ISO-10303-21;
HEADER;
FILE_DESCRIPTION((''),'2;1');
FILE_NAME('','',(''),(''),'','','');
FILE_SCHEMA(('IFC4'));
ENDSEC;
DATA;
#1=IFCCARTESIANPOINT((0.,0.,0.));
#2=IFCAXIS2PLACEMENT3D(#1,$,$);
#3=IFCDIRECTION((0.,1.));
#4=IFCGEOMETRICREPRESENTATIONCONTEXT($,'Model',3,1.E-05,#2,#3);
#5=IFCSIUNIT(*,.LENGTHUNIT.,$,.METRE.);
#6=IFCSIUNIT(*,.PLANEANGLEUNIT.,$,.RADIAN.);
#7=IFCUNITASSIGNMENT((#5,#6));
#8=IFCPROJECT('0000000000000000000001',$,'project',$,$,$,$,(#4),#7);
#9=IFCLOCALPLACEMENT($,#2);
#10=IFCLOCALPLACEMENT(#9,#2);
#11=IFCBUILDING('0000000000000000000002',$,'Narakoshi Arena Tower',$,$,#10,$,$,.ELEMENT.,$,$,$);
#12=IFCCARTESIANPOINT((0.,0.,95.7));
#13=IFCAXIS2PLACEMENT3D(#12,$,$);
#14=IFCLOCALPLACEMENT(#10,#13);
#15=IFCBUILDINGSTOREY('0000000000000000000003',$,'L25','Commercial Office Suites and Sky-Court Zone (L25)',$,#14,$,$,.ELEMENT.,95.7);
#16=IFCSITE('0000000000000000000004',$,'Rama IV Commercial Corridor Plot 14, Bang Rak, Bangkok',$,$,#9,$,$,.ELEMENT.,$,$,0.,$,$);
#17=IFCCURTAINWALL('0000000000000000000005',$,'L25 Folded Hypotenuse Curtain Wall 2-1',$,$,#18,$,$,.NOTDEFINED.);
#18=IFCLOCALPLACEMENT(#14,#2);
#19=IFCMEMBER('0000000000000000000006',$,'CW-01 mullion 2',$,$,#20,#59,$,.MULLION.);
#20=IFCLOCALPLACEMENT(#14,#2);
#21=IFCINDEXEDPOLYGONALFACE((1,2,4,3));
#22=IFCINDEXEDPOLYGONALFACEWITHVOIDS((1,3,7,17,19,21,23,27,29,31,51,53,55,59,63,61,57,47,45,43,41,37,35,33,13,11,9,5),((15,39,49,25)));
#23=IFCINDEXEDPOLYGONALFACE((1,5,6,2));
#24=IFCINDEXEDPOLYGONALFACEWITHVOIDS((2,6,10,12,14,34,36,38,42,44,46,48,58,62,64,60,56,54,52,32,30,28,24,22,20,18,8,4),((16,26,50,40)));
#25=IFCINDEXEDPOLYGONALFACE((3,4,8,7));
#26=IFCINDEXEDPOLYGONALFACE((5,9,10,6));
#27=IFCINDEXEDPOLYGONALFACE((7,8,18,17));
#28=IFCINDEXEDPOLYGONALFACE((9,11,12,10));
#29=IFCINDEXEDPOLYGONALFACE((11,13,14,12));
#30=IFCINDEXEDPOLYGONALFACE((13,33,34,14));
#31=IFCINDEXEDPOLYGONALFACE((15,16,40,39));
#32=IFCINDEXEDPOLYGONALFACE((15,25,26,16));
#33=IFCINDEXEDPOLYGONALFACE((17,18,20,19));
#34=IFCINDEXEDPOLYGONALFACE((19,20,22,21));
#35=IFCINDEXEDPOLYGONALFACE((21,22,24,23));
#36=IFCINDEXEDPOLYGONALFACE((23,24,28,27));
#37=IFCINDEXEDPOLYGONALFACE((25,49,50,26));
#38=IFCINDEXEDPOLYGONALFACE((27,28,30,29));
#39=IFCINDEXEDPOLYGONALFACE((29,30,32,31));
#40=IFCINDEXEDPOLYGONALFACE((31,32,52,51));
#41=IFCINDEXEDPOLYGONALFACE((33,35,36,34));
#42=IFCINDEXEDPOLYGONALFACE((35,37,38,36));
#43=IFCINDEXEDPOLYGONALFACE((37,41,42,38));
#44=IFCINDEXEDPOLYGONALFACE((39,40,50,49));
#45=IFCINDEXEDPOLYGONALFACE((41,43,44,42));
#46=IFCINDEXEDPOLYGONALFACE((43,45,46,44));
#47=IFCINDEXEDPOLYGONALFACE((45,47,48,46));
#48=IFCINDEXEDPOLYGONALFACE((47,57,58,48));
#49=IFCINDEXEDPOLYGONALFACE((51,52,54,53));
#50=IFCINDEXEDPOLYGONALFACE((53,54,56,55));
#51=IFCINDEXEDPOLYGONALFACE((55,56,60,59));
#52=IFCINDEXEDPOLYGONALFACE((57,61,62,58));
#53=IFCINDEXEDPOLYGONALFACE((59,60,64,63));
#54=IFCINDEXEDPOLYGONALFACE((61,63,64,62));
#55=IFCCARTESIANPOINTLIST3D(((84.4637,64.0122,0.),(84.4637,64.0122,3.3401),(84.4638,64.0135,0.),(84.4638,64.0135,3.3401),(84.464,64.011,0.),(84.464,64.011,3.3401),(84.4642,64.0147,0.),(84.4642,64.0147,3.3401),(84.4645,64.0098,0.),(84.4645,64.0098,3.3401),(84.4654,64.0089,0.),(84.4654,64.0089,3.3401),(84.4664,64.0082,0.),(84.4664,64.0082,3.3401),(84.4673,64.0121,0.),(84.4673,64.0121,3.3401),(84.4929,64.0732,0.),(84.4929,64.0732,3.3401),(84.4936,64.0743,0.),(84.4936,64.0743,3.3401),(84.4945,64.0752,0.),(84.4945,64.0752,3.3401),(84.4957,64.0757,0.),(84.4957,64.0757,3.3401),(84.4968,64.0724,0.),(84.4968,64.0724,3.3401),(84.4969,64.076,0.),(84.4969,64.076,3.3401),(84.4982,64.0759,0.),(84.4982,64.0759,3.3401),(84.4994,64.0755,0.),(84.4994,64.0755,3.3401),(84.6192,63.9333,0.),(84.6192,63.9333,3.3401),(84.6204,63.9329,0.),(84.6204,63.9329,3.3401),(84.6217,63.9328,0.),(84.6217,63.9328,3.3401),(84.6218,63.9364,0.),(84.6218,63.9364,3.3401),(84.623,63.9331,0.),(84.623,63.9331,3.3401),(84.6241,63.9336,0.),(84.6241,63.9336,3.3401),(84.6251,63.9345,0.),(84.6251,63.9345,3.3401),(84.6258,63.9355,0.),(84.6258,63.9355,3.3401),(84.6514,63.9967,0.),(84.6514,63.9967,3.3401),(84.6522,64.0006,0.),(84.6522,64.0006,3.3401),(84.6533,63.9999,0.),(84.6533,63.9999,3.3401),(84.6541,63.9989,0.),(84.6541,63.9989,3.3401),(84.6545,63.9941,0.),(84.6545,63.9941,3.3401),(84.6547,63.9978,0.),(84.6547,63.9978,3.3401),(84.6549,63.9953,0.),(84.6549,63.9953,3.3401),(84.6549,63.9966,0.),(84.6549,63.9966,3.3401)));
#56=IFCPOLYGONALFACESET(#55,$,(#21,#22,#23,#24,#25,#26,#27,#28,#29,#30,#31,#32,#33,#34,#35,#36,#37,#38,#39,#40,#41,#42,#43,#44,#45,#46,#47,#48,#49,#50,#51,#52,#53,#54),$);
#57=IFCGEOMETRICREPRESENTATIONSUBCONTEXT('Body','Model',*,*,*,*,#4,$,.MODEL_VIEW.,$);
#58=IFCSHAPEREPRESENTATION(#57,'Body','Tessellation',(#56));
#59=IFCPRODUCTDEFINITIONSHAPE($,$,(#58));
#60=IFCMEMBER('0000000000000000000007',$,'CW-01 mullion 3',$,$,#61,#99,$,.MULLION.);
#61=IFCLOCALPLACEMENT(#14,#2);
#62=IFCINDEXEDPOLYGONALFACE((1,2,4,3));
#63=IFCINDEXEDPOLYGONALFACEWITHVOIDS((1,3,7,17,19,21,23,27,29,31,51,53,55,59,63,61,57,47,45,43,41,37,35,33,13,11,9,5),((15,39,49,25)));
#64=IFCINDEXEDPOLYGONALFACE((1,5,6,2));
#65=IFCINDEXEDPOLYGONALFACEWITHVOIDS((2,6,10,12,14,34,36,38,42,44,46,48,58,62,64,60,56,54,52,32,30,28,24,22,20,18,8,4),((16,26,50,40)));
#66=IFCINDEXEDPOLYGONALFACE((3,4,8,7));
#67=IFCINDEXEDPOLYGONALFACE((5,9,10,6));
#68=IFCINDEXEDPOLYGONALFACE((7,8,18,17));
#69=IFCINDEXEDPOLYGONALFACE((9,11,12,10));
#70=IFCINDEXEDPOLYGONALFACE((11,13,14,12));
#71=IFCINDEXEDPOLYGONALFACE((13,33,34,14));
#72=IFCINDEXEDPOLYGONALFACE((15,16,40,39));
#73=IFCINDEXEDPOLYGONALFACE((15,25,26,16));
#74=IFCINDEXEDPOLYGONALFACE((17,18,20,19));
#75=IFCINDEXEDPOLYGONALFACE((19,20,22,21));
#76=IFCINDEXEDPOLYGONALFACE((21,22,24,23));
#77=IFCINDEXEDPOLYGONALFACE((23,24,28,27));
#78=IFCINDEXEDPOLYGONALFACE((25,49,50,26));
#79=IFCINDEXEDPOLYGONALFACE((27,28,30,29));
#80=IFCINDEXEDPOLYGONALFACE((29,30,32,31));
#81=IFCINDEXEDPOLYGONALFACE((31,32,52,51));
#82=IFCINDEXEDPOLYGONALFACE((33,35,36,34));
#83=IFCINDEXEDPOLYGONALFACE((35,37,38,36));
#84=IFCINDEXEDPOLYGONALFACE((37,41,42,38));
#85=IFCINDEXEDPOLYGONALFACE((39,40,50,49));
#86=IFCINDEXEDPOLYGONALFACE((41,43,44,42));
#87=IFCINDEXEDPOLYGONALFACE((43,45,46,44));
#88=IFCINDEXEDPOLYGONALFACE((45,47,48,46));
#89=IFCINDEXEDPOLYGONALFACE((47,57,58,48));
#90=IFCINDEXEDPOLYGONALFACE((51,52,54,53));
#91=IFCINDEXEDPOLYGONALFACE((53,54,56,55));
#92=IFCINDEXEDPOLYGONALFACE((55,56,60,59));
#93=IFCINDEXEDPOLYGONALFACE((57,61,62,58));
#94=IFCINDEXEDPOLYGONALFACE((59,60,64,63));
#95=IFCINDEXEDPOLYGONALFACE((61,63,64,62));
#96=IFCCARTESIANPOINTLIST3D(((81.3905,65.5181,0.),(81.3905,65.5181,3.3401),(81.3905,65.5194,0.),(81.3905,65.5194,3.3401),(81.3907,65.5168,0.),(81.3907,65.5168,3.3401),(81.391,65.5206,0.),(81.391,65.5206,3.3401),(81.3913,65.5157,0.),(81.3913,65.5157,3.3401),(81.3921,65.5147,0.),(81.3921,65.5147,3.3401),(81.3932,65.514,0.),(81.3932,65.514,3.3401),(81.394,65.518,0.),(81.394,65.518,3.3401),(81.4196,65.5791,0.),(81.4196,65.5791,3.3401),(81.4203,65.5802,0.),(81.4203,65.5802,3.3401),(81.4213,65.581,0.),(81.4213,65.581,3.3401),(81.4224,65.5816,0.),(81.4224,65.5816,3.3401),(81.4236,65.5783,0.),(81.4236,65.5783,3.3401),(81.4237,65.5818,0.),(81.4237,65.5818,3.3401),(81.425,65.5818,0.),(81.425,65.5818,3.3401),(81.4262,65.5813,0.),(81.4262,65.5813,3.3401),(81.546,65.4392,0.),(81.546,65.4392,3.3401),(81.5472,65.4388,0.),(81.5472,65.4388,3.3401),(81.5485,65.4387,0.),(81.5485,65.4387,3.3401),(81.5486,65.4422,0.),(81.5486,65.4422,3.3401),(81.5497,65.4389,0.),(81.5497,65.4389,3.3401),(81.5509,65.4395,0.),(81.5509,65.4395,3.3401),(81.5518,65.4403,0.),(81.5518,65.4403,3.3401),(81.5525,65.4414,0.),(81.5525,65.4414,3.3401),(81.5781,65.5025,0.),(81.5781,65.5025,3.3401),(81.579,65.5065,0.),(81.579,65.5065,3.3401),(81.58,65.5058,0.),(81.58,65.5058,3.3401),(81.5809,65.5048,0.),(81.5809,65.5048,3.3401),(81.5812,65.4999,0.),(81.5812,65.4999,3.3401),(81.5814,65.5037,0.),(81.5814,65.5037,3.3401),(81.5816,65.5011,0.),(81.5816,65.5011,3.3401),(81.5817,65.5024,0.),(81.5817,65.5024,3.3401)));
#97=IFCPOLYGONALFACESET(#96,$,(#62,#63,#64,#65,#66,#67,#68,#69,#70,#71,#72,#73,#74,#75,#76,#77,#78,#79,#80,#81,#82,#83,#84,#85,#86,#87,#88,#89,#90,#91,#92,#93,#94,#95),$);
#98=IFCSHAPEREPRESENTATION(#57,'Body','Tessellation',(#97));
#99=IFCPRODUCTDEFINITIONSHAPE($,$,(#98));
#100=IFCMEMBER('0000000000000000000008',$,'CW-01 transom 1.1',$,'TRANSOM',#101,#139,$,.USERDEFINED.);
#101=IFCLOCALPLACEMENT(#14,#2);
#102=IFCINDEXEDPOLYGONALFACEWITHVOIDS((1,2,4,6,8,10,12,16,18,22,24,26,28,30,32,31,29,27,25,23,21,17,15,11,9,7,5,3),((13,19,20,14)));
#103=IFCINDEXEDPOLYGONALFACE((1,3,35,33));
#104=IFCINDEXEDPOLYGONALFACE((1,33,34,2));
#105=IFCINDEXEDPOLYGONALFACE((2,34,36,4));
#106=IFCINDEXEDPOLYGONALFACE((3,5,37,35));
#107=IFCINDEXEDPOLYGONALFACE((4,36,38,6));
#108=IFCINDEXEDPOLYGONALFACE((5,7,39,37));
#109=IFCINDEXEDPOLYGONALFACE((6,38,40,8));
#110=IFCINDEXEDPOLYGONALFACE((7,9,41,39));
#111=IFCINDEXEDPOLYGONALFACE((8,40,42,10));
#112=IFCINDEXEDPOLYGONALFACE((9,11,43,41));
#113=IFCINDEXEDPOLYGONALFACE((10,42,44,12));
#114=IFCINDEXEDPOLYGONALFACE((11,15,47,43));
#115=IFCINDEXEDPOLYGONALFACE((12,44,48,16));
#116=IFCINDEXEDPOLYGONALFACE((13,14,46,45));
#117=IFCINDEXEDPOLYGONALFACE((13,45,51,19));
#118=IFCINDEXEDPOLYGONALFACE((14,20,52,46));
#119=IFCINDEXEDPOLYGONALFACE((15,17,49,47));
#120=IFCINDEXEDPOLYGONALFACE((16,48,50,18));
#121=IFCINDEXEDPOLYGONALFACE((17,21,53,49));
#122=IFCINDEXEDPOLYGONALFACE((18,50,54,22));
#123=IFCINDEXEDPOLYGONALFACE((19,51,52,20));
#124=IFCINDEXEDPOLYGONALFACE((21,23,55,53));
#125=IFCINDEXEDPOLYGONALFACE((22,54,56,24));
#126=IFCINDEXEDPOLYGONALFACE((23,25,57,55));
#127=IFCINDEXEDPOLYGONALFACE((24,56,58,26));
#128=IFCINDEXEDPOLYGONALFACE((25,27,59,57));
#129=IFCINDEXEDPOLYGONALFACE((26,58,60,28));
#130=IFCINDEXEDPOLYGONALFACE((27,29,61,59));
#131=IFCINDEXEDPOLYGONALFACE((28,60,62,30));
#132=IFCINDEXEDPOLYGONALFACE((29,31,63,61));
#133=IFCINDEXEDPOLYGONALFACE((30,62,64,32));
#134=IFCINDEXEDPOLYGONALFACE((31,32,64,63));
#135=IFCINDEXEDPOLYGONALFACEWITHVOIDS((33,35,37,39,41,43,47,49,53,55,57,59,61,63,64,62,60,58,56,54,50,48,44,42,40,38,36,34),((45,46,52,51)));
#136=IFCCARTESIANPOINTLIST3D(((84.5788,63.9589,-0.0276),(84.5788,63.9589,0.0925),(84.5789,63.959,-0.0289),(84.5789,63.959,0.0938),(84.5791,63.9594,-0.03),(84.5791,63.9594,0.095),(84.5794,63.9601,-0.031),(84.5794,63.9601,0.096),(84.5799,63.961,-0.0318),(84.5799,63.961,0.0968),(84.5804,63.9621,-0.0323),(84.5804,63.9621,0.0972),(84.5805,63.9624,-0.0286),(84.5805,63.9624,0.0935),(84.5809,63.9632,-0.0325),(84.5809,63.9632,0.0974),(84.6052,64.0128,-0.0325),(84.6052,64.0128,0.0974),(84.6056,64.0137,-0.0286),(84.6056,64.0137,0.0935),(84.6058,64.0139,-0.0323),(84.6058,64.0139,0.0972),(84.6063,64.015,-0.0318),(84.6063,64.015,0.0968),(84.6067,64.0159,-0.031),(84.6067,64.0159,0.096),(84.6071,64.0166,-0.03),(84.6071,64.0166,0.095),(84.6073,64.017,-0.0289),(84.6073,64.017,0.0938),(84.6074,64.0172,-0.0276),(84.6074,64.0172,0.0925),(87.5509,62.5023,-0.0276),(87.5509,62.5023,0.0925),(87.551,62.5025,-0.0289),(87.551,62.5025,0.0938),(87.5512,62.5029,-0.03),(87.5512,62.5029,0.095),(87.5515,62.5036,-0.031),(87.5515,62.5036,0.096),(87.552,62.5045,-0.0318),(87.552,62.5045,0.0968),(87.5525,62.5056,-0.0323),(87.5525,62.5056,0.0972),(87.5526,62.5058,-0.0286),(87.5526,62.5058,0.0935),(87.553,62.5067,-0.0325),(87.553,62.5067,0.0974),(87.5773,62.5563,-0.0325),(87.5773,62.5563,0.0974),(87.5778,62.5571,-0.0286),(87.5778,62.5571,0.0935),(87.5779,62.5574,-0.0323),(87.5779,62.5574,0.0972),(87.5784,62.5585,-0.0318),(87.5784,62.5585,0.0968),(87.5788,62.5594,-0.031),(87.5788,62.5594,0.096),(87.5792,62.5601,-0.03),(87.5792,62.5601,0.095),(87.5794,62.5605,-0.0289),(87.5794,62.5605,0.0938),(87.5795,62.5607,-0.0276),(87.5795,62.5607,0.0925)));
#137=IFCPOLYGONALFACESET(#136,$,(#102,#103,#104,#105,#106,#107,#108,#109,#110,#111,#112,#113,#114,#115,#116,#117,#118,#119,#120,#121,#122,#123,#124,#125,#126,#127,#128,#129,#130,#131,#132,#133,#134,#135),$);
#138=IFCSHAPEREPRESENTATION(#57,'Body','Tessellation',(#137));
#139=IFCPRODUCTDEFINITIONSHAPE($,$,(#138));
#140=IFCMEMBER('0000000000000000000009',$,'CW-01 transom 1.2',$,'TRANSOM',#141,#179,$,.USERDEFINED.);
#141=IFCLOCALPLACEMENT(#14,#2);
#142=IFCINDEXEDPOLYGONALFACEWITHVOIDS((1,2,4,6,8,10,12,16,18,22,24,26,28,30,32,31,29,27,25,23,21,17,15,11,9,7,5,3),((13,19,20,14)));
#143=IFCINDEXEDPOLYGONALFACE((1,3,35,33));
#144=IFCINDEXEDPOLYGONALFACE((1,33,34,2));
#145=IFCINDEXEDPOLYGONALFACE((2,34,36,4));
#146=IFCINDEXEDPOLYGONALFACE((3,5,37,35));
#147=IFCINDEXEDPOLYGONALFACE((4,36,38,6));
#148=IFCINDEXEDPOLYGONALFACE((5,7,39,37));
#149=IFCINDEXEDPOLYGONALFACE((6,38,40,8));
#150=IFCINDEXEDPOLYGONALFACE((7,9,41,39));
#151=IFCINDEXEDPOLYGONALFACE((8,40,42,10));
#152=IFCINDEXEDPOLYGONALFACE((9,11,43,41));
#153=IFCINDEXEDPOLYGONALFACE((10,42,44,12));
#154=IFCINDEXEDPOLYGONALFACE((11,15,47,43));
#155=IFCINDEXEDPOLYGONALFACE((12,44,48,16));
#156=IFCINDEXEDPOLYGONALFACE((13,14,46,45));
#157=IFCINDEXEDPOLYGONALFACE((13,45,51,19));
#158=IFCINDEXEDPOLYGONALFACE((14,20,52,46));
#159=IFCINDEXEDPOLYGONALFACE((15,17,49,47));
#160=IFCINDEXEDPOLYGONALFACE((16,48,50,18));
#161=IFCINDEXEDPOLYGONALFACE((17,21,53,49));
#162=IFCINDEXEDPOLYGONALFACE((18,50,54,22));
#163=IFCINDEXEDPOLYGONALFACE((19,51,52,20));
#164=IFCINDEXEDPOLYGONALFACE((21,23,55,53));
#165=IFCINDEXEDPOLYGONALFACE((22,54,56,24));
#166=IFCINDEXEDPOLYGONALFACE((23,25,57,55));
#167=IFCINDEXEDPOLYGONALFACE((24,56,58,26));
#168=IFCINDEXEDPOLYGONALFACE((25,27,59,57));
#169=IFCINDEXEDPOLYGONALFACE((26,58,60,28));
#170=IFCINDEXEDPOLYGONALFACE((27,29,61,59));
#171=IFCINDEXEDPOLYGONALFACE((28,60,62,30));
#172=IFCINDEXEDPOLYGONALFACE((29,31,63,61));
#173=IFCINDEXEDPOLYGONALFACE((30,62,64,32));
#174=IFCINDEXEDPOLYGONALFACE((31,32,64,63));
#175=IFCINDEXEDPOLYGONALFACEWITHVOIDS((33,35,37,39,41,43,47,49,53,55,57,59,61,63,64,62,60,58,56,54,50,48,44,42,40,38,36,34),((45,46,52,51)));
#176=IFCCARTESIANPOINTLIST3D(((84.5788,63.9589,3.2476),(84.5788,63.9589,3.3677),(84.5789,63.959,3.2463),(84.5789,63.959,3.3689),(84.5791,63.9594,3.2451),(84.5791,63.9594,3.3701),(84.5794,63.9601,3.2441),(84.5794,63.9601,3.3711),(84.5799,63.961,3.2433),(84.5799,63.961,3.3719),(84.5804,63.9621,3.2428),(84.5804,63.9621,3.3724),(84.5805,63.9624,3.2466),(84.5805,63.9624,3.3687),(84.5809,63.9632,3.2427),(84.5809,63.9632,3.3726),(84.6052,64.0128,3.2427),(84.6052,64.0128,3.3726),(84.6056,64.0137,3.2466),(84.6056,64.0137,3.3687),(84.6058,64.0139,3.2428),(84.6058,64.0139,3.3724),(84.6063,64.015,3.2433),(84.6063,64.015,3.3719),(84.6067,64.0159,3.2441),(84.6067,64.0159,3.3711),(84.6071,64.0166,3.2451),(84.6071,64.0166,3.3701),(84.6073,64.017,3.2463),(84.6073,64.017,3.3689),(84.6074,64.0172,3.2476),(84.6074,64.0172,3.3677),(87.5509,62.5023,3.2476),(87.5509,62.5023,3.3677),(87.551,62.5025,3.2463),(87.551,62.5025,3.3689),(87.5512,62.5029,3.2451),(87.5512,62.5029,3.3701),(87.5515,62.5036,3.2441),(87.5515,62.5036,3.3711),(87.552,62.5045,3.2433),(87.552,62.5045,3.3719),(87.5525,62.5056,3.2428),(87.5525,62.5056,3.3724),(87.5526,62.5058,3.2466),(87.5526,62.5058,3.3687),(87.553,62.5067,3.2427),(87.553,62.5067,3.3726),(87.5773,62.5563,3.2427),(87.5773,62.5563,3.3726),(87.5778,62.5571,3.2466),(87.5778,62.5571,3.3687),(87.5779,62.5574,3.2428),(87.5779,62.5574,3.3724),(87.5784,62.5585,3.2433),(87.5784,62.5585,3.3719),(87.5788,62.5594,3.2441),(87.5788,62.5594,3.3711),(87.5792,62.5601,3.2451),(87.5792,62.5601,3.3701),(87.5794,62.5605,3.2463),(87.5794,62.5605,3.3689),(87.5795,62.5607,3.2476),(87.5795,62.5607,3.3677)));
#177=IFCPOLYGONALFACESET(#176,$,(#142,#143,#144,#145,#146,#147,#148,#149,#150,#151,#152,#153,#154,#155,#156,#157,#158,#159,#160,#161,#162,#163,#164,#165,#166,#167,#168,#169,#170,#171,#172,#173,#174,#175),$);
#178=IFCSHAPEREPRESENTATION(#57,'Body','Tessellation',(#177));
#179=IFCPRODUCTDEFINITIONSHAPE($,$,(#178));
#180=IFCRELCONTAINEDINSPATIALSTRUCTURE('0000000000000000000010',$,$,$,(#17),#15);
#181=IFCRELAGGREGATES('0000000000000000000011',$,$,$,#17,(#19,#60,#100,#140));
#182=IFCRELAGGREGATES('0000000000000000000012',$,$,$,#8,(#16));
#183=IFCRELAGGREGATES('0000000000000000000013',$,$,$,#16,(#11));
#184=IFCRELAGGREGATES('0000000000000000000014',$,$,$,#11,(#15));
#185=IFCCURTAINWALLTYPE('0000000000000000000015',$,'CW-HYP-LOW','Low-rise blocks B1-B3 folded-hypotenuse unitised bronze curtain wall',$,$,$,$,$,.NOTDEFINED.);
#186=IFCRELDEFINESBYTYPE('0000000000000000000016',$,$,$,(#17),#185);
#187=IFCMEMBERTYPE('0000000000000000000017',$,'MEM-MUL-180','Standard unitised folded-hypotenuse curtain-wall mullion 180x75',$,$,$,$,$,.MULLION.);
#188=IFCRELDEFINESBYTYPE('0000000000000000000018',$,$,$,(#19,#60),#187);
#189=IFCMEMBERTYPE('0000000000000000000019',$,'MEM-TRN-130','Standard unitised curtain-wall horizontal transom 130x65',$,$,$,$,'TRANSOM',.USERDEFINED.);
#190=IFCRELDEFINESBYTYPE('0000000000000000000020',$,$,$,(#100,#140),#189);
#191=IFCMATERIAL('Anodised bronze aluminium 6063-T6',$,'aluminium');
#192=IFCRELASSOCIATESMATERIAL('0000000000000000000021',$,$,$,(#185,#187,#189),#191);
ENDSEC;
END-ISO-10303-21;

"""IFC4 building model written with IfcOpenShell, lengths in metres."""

from ifc_helpers import new_model, si_unit, direction, frame, origin, origin_2d, place, context, subcontext, project, spatial, hollow_rectangle, extrude, material, material_profile, profile_set, type_object, element, aggregate, save


model = new_model("IFC4")

# Units and contexts
model_context = context("Model", 3, precision=1e-05, world=origin(), true_north=direction((0.0, 1.0)))
body_context = subcontext(model_context, "Body", "Model", "MODEL_VIEW")
ifc_project = project(units=[si_unit("LENGTHUNIT", "METRE"), si_unit("PLANEANGLEUNIT", "RADIAN")], contexts=[model_context])

# Site, building, storey
site_placement = place(None, origin())
site = spatial("IfcSite", under=ifc_project, at=site_placement, Name="Rama IV Commercial Corridor Plot 14, Bang Rak, Bangkok", CompositionType="ELEMENT", RefElevation=0.0)
building_placement = place(site_placement, origin())
building = spatial("IfcBuilding", under=site, at=building_placement, Name="Narakoshi Arena Tower", CompositionType="ELEMENT")
storey_placement = place(building_placement, frame((0.0, 0.0, 95.7)))
storey = spatial("IfcBuildingStorey", under=building, at=storey_placement, Name="L25", Description="Commercial Office Suites and Sky-Court Zone (L25)", CompositionType="ELEMENT", Elevation=95.7)

# Curtain wall, members
ifc_material_1 = material(Name="Anodised bronze aluminium 6063-T6", Category="aluminium")
curtain_wall_type = type_object("IfcCurtainWallType", Name="CW-HYP-LOW", Description="Low-rise blocks B1-B3 folded-hypotenuse unitised bronze curtain wall", PredefinedType="NOTDEFINED", material=ifc_material_1)
curtain_wall_placement = place(storey_placement, origin())
curtain_wall = element("IfcCurtainWall", 1, at=curtain_wall_placement, inside=storey, type_object=curtain_wall_type, Name="L25 Folded Hypotenuse Curtain Wall 2-1", PredefinedType="NOTDEFINED")
ifc_material_profile_1 = material_profile(ifc_material_1, hollow_rectangle(XDim=0.075, YDim=0.1799, WallThickness=0.0039, OuterFilletRadius=0.0049, at=origin_2d()), Name="MUL180x75x4")
ifc_profile_set_1 = profile_set([ifc_material_profile_1], Name="Anodised bronze aluminium 6063-T6")
member_type_1 = type_object("IfcMemberType", Name="MEM-MUL-180", Description="Standard unitised folded-hypotenuse curtain-wall mullion 180x75", PredefinedType="MULLION", material=ifc_profile_set_1)
member_1_placement = place(storey_placement, frame((84.5593, 64.0044, 0.0), z_axis=(0.0, 0.0, 1.0), x_axis=(-0.440005, -0.897996, 0.0)))
member_1 = element("IfcMember", 2, at=member_1_placement, type_object=member_type_1, Name="CW-01 mullion 2", PredefinedType="MULLION", context=body_context, shape_type="SweptSolid", body=[
    extrude(hollow_rectangle(XDim=0.075, YDim=0.1799, WallThickness=0.0039, OuterFilletRadius=0.0049, at=origin_2d()), origin(), (0.0, 0.0, 1.0), 3.3401),
])
member_2_placement = place(storey_placement, frame((81.4861, 65.5103, 0.0), z_axis=(0.0, 0.0, 1.0), x_axis=(-0.440005, -0.897996, 0.0)))
member_2 = element("IfcMember", 3, at=member_2_placement, type_object=member_type_1, Name="CW-01 mullion 3", PredefinedType="MULLION", context=body_context, shape_type="SweptSolid", body=[
    extrude(hollow_rectangle(XDim=0.075, YDim=0.1799, WallThickness=0.0039, OuterFilletRadius=0.0049, at=origin_2d()), origin(), (0.0, 0.0, 1.0), 3.3401),
])
ifc_material_profile_2 = material_profile(ifc_material_1, hollow_rectangle(XDim=0.0649, YDim=0.1299, WallThickness=0.0039, OuterFilletRadius=0.0049, at=origin_2d()), Name="TRN130x65x4")
ifc_profile_set_2 = profile_set([ifc_material_profile_2], Name="Anodised bronze aluminium 6063-T6")
member_type_2 = type_object("IfcMemberType", Name="MEM-TRN-130", Description="Standard unitised curtain-wall horizontal transom 130x65", ElementType="TRANSOM", PredefinedType="USERDEFINED", material=ifc_profile_set_2)
member_3_placement = place(storey_placement, frame((87.5652, 62.5315, 0.0325), z_axis=(-0.897969, 0.440059, 0.0), x_axis=(-0.440059, -0.897969, 0.0)))
member_3 = element("IfcMember", 4, at=member_3_placement, type_object=member_type_2, Name="CW-01 transom 1.1", ObjectType="TRANSOM", PredefinedType="USERDEFINED", context=body_context, shape_type="SweptSolid", body=[
    extrude(hollow_rectangle(XDim=0.0649, YDim=0.1299, WallThickness=0.0039, OuterFilletRadius=0.0049, at=origin_2d()), origin(), (0.0, 0.0, 1.0), 3.3098),
])
member_4_placement = place(storey_placement, frame((87.5652, 62.5315, 3.3076), z_axis=(-0.897969, 0.440059, 0.0), x_axis=(-0.440059, -0.897969, 0.0)))
member_4 = element("IfcMember", 5, at=member_4_placement, type_object=member_type_2, Name="CW-01 transom 1.2", ObjectType="TRANSOM", PredefinedType="USERDEFINED", context=body_context, shape_type="SweptSolid", body=[
    extrude(hollow_rectangle(XDim=0.0649, YDim=0.1299, WallThickness=0.0039, OuterFilletRadius=0.0049, at=origin_2d()), origin(), (0.0, 0.0, 1.0), 3.3098),
])
aggregate(curtain_wall, [member_1, member_2, member_3, member_4])

save(model, "model.ifc")
